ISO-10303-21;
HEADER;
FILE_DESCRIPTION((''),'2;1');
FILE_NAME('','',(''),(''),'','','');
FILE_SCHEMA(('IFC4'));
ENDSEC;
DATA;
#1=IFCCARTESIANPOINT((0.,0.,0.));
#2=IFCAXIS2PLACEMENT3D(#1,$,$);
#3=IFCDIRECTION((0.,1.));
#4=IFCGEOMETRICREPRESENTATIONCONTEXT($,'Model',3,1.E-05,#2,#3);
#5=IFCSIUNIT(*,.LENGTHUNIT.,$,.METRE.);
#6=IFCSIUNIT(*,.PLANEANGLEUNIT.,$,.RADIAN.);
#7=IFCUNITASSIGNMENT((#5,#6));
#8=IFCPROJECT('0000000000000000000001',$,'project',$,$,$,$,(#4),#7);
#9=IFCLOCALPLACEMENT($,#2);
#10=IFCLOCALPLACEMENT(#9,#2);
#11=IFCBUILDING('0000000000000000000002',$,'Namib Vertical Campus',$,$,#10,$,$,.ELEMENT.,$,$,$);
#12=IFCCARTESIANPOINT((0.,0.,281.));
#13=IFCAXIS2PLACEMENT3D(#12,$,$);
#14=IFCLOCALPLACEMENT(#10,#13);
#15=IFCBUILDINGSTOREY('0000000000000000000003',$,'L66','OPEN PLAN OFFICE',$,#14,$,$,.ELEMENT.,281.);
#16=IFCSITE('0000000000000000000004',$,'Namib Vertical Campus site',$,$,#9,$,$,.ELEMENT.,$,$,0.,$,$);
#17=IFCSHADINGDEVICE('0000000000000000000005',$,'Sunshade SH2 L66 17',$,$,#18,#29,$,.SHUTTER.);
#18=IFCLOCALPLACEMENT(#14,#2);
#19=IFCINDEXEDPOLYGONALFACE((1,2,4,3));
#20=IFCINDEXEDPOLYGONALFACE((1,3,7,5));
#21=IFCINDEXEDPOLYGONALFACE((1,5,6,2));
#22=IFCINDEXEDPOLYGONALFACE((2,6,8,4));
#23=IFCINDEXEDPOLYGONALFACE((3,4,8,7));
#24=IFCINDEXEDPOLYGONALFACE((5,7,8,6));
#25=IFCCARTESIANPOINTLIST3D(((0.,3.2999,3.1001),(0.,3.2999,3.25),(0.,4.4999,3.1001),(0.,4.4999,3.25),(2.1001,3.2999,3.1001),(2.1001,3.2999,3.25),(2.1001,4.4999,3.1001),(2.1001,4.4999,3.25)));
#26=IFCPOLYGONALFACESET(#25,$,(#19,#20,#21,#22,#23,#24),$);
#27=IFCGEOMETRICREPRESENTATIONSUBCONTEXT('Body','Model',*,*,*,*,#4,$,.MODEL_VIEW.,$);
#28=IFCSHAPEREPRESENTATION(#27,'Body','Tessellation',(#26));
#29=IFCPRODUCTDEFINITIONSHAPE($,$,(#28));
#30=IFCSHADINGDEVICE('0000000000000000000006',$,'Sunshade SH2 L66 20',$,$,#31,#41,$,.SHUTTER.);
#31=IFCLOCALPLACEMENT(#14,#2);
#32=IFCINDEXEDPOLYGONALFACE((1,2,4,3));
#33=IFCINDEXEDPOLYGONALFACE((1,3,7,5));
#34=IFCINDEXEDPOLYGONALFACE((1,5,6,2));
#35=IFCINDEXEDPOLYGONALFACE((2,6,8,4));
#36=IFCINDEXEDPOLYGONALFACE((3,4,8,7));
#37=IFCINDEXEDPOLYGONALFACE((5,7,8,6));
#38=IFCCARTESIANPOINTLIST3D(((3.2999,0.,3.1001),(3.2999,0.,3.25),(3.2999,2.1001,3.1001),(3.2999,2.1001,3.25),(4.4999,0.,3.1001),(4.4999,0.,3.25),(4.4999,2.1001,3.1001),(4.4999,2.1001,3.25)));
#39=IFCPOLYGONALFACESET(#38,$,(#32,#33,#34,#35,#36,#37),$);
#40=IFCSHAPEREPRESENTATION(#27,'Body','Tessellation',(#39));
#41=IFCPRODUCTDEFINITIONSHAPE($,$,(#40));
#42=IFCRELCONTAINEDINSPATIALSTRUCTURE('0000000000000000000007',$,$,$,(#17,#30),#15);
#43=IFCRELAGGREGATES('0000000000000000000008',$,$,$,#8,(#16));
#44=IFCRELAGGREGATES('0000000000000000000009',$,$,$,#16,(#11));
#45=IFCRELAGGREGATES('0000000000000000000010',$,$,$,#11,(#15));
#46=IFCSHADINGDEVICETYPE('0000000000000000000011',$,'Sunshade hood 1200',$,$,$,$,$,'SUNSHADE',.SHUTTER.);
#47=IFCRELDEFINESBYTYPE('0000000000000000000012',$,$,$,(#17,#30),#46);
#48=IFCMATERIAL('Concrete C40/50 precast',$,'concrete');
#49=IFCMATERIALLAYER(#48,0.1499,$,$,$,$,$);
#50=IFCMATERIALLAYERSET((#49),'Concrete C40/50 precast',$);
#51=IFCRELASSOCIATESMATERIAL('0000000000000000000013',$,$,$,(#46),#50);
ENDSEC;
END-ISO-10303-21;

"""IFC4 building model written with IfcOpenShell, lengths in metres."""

from ifc_helpers import new_model, si_unit, direction, frame, origin, origin_2d, place, context, subcontext, project, spatial, rectangle, extrude, material, layer, layer_set, type_object, element, save


model = new_model("IFC4")

# Units and contexts
model_context = context("Model", 3, precision=1e-05, world=origin(), true_north=direction((0.0, 1.0)))
body_context = subcontext(model_context, "Body", "Model", "MODEL_VIEW")
ifc_project = project(units=[si_unit("LENGTHUNIT", "METRE"), si_unit("PLANEANGLEUNIT", "RADIAN")], contexts=[model_context])

# Site, building, storey
site_placement = place(None, origin())
site = spatial("IfcSite", under=ifc_project, at=site_placement, Name="Namib Vertical Campus site", CompositionType="ELEMENT", RefElevation=0.0)
building_placement = place(site_placement, origin())
building = spatial("IfcBuilding", under=site, at=building_placement, Name="Namib Vertical Campus", CompositionType="ELEMENT")
storey_placement = place(building_placement, frame((0.0, 0.0, 281.0)))
storey = spatial("IfcBuildingStorey", under=building, at=storey_placement, Name="L66", Description="OPEN PLAN OFFICE", CompositionType="ELEMENT", Elevation=281.0)

# Shading devices
ifc_material_1 = material(Name="Concrete C40/50 precast", Category="concrete")
ifc_layer_1 = layer(ifc_material_1, 0.1499)
ifc_layer_set_1 = layer_set([ifc_layer_1], Name="Concrete C40/50 precast")
shading_device_type = type_object("IfcShadingDeviceType", Name="Sunshade hood 1200", ElementType="SUNSHADE", PredefinedType="SHUTTER", material=ifc_layer_set_1)
for number, where, z_axis, x_axis, name in (
    (1, (1.05, 3.8999, 3.1001), (0.0, 0.0, 1.0), (1.0, 0.0, 0.0), "Sunshade SH2 L66 17"),
    (2, (3.8999, 1.05, 3.1001), (0.0, 0.0, 1.0), (0.0, -1.0, 0.0), "Sunshade SH2 L66 20"),
):
    element("IfcShadingDevice", number, at=place(storey_placement, frame(where, z_axis=z_axis, x_axis=x_axis)), inside=storey, type_object=shading_device_type, Name=name, PredefinedType="SHUTTER", context=body_context, shape_type="SweptSolid", body=[
        extrude(rectangle(XDim=2.1001, YDim=1.2, at=origin_2d()), origin(), (0.0, 0.0, 1.0), 0.1499),
    ])

save(model, "model.ifc")
